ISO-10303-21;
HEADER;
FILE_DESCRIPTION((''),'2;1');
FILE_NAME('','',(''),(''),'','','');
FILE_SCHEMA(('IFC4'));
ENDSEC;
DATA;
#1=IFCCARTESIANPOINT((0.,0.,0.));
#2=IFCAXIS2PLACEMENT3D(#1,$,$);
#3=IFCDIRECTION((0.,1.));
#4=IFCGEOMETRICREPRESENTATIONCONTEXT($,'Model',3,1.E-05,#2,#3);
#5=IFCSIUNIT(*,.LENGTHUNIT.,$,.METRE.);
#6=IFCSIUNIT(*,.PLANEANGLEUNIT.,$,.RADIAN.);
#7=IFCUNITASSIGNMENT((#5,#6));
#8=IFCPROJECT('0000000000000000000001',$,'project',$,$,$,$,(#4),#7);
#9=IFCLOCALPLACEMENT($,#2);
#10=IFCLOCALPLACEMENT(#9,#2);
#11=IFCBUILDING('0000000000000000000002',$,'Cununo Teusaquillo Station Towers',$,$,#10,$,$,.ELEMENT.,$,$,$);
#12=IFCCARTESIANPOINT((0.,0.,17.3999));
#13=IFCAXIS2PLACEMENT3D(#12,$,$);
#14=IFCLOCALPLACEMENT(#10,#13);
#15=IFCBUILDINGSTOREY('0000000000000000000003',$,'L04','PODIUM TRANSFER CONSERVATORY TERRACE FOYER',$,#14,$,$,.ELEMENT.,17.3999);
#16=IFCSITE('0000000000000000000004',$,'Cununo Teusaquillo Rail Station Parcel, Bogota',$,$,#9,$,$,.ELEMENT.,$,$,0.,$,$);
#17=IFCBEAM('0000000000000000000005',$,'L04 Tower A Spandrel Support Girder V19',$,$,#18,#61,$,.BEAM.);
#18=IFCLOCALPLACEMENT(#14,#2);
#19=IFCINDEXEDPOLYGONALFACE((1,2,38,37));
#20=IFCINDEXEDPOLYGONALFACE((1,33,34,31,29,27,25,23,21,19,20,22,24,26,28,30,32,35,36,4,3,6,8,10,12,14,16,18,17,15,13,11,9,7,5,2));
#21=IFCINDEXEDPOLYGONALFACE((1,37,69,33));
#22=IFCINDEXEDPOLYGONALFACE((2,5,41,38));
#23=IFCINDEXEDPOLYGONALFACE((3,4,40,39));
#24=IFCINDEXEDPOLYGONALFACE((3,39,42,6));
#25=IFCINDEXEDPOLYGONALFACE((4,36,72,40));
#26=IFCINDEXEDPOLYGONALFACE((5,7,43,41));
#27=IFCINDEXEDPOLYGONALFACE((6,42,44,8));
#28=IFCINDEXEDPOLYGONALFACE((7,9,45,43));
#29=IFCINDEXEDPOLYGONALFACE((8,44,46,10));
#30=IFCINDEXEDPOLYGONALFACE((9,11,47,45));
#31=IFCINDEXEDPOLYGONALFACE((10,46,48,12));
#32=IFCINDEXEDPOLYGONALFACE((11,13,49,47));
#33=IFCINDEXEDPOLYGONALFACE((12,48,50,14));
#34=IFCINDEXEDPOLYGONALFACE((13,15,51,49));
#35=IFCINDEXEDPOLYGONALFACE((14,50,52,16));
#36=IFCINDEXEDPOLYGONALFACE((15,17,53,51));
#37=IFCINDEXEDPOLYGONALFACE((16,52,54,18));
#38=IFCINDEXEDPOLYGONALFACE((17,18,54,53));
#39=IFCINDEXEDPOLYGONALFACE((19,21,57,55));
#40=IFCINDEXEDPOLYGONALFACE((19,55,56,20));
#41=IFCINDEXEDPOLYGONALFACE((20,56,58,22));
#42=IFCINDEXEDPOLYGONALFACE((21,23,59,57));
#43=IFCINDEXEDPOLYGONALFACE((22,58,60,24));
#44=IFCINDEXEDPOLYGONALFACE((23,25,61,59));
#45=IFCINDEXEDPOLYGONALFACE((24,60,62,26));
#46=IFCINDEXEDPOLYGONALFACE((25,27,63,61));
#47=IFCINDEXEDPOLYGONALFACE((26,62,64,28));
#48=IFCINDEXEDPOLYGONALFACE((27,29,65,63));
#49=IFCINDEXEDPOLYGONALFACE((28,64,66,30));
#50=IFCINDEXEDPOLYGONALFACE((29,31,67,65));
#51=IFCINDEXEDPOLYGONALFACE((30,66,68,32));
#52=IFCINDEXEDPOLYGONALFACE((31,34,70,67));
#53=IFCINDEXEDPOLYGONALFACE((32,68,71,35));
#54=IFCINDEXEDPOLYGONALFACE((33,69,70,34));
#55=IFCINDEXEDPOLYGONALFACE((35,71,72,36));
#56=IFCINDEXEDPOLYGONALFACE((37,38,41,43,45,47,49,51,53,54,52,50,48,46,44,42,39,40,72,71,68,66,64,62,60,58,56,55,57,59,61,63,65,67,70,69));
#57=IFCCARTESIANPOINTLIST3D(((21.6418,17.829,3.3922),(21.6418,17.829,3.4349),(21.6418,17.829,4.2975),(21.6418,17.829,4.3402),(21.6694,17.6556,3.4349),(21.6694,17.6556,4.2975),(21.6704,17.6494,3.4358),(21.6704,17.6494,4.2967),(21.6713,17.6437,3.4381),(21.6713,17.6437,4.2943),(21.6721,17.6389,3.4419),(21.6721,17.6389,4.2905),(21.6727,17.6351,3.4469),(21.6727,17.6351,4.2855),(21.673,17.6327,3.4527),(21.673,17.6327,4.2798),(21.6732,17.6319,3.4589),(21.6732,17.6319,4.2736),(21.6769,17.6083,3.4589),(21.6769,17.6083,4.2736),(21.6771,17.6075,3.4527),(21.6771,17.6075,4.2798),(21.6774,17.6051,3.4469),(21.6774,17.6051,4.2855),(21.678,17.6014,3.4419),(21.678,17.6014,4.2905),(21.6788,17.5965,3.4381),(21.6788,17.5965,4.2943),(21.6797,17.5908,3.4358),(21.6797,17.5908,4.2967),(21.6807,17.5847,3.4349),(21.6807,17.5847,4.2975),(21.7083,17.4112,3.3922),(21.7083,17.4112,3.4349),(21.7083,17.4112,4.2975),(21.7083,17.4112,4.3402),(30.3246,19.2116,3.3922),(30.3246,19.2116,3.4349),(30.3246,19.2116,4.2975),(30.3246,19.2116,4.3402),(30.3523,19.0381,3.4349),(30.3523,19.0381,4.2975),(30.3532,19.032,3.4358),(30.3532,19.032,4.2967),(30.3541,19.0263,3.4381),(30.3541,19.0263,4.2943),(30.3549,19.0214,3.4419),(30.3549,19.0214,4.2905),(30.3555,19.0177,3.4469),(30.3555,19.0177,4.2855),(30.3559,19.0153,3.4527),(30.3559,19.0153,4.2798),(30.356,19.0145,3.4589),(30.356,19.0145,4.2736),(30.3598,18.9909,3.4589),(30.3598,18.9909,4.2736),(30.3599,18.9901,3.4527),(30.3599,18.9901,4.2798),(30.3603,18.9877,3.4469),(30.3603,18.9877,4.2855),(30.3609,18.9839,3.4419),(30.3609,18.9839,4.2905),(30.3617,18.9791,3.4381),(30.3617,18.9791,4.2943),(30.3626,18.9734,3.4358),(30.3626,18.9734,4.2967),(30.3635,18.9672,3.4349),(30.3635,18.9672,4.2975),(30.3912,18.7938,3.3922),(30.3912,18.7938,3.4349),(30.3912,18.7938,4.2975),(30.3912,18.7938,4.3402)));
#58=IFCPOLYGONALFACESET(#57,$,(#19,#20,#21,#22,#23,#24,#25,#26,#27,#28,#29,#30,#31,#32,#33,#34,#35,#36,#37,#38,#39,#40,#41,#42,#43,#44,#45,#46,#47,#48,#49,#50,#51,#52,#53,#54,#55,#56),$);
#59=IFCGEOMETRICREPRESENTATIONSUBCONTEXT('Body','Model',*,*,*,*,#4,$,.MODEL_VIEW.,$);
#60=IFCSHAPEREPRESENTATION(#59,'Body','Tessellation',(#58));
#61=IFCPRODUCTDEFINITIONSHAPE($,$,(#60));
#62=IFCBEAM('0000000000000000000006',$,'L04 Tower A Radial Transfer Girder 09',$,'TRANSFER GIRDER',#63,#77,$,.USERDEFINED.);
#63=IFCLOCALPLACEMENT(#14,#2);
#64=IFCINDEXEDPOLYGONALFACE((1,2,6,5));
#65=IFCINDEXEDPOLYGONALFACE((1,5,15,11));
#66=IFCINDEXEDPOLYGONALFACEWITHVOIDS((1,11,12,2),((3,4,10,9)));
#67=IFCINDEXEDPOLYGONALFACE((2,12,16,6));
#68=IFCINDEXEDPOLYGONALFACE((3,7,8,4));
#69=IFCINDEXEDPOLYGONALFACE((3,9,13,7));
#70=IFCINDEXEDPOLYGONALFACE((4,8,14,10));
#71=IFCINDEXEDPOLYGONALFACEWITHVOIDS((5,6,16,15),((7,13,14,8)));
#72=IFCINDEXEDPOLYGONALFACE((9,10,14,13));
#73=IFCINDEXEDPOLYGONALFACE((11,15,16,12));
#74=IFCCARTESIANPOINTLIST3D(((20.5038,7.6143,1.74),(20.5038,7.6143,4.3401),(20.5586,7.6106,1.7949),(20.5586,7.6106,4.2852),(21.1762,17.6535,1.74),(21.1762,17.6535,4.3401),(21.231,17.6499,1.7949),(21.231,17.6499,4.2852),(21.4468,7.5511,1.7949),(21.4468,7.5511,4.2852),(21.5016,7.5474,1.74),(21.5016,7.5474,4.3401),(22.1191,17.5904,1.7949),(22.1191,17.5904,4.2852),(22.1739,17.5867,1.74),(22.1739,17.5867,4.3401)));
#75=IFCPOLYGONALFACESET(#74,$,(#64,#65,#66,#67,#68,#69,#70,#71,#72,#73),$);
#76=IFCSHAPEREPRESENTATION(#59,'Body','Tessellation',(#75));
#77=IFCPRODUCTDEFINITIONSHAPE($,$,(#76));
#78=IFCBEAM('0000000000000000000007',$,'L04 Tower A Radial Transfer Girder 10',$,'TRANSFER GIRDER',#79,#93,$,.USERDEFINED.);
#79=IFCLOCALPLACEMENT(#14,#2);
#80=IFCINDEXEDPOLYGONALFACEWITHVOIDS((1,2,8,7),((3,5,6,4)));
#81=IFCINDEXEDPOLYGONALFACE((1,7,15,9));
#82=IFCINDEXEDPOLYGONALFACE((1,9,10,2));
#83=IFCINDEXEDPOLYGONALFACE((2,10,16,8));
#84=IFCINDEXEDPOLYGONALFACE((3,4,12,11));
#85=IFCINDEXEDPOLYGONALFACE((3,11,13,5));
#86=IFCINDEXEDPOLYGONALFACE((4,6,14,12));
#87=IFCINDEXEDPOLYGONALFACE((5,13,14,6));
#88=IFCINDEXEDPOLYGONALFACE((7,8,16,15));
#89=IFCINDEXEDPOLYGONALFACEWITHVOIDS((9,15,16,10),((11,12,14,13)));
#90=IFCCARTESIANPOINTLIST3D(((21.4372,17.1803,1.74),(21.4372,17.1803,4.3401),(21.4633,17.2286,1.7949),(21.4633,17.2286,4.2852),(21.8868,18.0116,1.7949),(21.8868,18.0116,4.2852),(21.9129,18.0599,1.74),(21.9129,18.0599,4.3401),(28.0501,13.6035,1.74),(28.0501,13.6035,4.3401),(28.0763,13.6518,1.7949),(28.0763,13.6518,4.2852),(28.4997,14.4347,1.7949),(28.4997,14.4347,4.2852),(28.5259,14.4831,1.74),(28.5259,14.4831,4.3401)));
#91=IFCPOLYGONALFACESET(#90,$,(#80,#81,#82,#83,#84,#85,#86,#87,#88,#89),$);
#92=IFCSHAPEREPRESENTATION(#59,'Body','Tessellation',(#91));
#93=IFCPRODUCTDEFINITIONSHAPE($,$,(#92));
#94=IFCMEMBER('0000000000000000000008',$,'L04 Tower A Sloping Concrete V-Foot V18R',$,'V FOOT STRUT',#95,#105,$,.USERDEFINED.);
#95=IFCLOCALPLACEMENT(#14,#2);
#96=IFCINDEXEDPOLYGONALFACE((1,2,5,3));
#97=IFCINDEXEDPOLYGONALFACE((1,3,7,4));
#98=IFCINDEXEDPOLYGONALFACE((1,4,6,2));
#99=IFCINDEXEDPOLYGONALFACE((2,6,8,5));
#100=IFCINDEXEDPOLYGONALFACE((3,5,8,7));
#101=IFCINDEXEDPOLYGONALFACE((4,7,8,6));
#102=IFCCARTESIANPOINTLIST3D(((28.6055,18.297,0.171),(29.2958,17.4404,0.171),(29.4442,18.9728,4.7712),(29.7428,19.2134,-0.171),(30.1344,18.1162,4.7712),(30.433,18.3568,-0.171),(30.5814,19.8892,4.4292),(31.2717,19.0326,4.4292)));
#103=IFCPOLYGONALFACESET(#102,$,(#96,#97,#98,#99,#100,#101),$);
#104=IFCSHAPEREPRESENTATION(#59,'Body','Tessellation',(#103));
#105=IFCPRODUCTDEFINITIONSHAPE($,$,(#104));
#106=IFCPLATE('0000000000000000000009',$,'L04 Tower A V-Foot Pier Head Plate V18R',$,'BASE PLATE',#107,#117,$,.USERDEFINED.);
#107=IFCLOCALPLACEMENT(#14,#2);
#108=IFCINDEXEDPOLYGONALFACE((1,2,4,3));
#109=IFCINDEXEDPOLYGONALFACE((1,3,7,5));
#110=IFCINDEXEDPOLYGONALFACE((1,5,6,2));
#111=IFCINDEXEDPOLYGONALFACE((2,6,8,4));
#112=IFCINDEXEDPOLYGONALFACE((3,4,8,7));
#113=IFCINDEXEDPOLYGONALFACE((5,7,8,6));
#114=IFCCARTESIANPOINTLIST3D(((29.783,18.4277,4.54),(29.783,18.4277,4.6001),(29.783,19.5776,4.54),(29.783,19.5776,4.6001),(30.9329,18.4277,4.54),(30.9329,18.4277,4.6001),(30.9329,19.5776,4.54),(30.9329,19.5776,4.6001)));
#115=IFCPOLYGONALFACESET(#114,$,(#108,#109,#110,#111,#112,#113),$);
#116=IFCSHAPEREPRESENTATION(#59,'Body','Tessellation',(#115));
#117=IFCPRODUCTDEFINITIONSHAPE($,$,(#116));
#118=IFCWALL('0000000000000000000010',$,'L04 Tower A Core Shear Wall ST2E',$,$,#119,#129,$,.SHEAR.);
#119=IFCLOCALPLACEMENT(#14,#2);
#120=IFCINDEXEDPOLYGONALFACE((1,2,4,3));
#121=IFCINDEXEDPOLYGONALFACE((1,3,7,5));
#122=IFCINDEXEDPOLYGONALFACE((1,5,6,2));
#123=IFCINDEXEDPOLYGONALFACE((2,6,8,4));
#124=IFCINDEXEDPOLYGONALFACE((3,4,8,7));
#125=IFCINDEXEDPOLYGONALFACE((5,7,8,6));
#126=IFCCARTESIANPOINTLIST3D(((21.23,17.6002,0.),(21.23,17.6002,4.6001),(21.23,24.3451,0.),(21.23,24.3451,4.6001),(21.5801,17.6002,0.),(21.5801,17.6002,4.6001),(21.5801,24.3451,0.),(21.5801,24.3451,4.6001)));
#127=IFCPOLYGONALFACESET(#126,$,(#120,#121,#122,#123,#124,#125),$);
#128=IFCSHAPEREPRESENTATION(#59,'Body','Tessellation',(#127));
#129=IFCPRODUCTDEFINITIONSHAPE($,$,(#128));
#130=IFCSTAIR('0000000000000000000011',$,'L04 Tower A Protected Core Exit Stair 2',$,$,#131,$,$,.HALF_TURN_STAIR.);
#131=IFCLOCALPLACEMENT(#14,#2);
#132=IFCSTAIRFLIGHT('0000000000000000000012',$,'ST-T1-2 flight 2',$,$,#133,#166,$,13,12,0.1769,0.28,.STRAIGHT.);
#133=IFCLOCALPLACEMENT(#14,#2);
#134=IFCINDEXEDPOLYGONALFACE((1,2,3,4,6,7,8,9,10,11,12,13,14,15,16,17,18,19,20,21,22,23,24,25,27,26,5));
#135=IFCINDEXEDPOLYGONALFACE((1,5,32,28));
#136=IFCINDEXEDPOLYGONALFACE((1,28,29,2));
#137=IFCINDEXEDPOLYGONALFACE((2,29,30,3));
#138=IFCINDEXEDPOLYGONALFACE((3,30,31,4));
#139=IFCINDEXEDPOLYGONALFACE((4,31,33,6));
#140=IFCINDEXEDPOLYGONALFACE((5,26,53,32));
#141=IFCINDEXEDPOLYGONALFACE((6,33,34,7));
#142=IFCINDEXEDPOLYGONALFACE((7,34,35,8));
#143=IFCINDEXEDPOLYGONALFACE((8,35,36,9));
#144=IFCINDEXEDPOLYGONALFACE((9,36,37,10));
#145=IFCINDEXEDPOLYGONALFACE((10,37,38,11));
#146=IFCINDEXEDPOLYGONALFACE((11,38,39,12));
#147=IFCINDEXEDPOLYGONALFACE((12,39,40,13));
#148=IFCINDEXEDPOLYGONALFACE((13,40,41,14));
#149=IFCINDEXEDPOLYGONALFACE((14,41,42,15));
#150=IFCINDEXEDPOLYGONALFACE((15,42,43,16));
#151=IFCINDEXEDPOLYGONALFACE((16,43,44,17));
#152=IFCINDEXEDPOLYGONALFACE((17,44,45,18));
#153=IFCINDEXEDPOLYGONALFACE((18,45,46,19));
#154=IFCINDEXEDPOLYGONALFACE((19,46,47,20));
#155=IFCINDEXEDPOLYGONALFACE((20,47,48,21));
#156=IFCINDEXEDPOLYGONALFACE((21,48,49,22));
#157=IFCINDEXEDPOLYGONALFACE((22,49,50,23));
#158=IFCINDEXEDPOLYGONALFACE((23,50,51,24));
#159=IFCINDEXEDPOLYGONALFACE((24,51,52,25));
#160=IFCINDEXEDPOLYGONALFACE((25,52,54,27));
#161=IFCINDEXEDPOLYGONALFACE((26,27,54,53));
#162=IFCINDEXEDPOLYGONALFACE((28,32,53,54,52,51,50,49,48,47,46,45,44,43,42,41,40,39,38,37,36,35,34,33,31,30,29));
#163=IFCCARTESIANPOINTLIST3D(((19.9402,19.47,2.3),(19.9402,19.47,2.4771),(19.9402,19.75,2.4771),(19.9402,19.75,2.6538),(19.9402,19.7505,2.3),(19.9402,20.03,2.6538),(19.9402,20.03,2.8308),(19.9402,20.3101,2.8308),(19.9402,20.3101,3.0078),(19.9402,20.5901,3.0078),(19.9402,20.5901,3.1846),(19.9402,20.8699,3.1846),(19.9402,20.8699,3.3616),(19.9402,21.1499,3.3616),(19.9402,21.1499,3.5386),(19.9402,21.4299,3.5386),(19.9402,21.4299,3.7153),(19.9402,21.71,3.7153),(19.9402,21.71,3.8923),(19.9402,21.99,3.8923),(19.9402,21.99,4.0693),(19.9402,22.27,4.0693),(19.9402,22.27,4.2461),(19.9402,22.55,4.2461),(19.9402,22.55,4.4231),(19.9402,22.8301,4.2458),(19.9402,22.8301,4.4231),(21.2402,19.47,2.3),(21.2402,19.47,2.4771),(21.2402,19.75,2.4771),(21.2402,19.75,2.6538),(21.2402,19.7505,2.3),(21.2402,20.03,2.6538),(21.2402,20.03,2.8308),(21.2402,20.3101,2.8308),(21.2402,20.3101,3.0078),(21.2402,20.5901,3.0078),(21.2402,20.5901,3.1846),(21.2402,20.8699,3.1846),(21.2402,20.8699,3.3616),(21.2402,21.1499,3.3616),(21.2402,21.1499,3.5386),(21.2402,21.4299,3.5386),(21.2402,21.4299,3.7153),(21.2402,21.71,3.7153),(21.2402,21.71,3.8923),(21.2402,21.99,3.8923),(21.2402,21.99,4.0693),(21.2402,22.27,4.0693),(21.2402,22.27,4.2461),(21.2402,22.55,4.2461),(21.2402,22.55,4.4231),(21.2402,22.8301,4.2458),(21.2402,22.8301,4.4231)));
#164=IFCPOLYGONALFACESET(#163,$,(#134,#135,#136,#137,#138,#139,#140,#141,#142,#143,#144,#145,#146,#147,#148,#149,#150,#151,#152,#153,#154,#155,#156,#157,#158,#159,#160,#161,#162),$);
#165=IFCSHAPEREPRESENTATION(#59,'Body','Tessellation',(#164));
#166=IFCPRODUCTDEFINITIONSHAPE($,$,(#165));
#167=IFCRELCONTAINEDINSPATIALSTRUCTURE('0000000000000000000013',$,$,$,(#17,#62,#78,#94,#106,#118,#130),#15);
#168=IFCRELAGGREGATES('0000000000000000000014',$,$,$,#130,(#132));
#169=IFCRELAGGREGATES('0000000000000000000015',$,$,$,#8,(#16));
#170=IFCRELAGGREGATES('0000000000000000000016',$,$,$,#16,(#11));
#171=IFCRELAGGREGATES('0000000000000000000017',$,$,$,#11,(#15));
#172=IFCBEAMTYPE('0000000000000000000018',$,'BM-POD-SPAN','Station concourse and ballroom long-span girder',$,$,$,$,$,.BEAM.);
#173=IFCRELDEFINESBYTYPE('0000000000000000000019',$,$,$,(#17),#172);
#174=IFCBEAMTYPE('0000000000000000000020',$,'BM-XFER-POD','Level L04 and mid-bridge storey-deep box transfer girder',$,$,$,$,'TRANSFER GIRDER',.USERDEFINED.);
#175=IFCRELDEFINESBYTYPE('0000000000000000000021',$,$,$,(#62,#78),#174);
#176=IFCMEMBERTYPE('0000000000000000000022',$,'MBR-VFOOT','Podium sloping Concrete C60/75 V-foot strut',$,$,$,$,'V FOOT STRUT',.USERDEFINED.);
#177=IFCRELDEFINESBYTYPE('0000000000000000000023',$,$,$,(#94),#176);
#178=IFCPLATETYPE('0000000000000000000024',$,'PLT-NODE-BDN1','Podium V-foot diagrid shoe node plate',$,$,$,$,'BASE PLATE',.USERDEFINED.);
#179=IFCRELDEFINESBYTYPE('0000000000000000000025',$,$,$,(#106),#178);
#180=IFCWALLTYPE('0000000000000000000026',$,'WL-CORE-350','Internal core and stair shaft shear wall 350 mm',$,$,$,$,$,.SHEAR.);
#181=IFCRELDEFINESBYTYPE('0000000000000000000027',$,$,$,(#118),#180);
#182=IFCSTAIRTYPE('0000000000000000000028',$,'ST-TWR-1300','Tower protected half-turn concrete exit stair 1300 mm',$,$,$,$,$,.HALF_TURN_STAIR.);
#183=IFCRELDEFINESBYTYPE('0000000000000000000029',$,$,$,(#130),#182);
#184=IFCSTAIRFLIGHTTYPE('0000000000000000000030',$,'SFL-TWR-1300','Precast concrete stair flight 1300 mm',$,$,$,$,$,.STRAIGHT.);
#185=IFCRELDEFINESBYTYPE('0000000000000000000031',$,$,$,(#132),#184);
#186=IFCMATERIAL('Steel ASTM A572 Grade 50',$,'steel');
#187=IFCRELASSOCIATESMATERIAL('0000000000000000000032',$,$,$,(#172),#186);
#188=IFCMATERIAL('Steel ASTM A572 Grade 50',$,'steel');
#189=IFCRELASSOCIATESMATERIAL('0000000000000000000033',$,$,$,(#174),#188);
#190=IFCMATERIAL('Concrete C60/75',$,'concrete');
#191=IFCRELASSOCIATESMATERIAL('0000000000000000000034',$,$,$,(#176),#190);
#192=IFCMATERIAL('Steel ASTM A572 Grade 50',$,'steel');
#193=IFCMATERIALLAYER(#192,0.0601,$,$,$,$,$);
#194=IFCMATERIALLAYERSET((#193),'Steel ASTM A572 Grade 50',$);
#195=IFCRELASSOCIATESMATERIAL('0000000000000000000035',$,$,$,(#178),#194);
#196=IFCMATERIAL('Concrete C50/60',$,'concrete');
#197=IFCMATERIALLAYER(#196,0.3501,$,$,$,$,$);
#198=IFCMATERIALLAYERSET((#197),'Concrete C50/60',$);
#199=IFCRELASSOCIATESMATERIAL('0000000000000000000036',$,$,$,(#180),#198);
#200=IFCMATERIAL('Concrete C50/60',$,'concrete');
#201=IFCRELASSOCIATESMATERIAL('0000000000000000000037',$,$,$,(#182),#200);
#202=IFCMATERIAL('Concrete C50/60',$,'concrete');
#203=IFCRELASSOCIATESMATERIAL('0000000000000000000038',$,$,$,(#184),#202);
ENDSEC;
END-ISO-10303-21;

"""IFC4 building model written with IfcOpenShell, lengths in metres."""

from ifc_helpers import new_model, si_unit, direction, frame, frame_2d, origin, origin_2d, place, context, subcontext, project, spatial, polyline, rectangle, hollow_rectangle, i_section, outline, extrude, source, transform, mapped, material, layer, layer_set, material_profile, profile_set, type_object, element, aggregate, save


model = new_model("IFC4")

# Units and contexts
model_context = context("Model", 3, precision=1e-05, world=origin(), true_north=direction((0.0, 1.0)))
body_context = subcontext(model_context, "Body", "Model", "MODEL_VIEW")
ifc_project = project(units=[si_unit("LENGTHUNIT", "METRE"), si_unit("PLANEANGLEUNIT", "RADIAN")], contexts=[model_context])

# Site, building, storey
site_placement = place(None, origin())
site = spatial("IfcSite", under=ifc_project, at=site_placement, Name="Cununo Teusaquillo Rail Station Parcel, Bogota", CompositionType="ELEMENT", RefElevation=0.0)
building_placement = place(site_placement, origin())
building = spatial("IfcBuilding", under=site, at=building_placement, Name="Cununo Teusaquillo Station Towers", CompositionType="ELEMENT")
storey_placement = place(building_placement, frame((0.0, 0.0, 17.3999)))
storey = spatial("IfcBuildingStorey", under=building, at=storey_placement, Name="L04", Description="PODIUM TRANSFER CONSERVATORY TERRACE FOYER", CompositionType="ELEMENT", Elevation=17.3999)

# Beams
ifc_material_1 = material(Name="Steel ASTM A572 Grade 50", Category="steel")
ifc_material_profile_1 = material_profile(ifc_material_1, i_section(OverallWidth=0.4231, OverallDepth=0.948, WebThickness=0.0239, FlangeThickness=0.0427, FilletRadius=0.0239, at=origin_2d()), Name="W36X302")
ifc_profile_set_1 = profile_set([ifc_material_profile_1], Name="Steel ASTM A572 Grade 50")
beam_type_1 = type_object("IfcBeamType", Name="BM-POD-SPAN", Description="Station concourse and ballroom long-span girder", PredefinedType="BEAM", material=ifc_profile_set_1)
beam_1_placement = place(storey_placement, frame((21.675, 17.6201, 3.8662), z_axis=(0.987559, 0.157249, 0.0), x_axis=(-0.157249, 0.987559, 0.0)))
element("IfcBeam", 1, at=beam_1_placement, inside=storey, type_object=beam_type_1, Name="L04 Tower A Spandrel Support Girder V19", PredefinedType="BEAM", context=body_context, shape_type="SweptSolid", body=[
    extrude(i_section(OverallWidth=0.4231, OverallDepth=0.948, WebThickness=0.0239, FlangeThickness=0.0427, FilletRadius=0.0239, at=origin_2d()), origin(), (0.0, 0.0, 1.0), 8.7922),
])
ifc_material_2 = material(Name="Steel ASTM A572 Grade 50", Category="steel")
ifc_material_profile_2 = material_profile(ifc_material_2, hollow_rectangle(XDim=1.0, YDim=2.6001, WallThickness=0.0549, at=origin_2d()), Name="BOX 2600x1000x55")
ifc_profile_set_2 = profile_set([ifc_material_profile_2], Name="Steel ASTM A572 Grade 50")
beam_type_2 = type_object("IfcBeamType", Name="BM-XFER-POD", Description="Level L04 and mid-bridge storey-deep box transfer girder", ElementType="TRANSFER GIRDER", PredefinedType="USERDEFINED", material=ifc_profile_set_2)
beam_2_placement = place(storey_placement, frame((21.675, 17.6201, 3.04), z_axis=(-0.066823, -0.997765, 0.0), x_axis=(0.997765, -0.066823, 0.0)))
element("IfcBeam", 2, at=beam_2_placement, inside=storey, type_object=beam_type_2, Name="L04 Tower A Radial Transfer Girder 09", ObjectType="TRANSFER GIRDER", PredefinedType="USERDEFINED", context=body_context, shape_type="SweptSolid", body=[
    extrude(hollow_rectangle(XDim=1.0, YDim=2.6001, WallThickness=0.0549, at=origin_2d()), origin(), (0.0, 0.0, 1.0), 10.0618),
])
beam_3_placement = place(storey_placement, frame((21.675, 17.6201, 3.04), z_axis=(0.879579, -0.475753, 0.0), x_axis=(0.475753, 0.879579, 0.0)))
element("IfcBeam", 3, at=beam_3_placement, inside=storey, type_object=beam_type_2, Name="L04 Tower A Radial Transfer Girder 10", ObjectType="TRANSFER GIRDER", PredefinedType="USERDEFINED", context=body_context, shape_type="SweptSolid", body=[
    extrude(hollow_rectangle(XDim=1.0, YDim=2.6001, WallThickness=0.0549, at=origin_2d()), origin(), (0.0, 0.0, 1.0), 7.5183),
])

# Member
ifc_material_3 = material(Name="Concrete C60/75", Category="concrete")
ifc_material_profile_3 = material_profile(ifc_material_3, rectangle(XDim=1.1001, YDim=1.5, at=origin_2d()), Name="RC-RECT-1500x1100")
ifc_profile_set_3 = profile_set([ifc_material_profile_3], Name="Concrete C60/75")
member_type = type_object("IfcMemberType", Name="MBR-VFOOT", Description="Podium sloping Concrete C60/75 V-foot strut", ElementType="V FOOT STRUT", PredefinedType="USERDEFINED", material=ifc_profile_set_3)
member_placement = place(storey_placement, frame((29.5193, 18.3269, 0.0), z_axis=(0.177505, 0.143038, 0.973669), x_axis=(-0.627456, 0.778652, 0.0)))
element("IfcMember", 4, at=member_placement, inside=storey, type_object=member_type, Name="L04 Tower A Sloping Concrete V-Foot V18R", ObjectType="V FOOT STRUT", PredefinedType="USERDEFINED", context=body_context, shape_type="SweptSolid", body=[
    extrude(rectangle(XDim=1.1001, YDim=1.5, at=origin_2d()), origin(), (0.0, 0.0, 1.0), 4.7246),
])

# Plate
ifc_material_4 = material(Name="Steel ASTM A572 Grade 50", Category="steel")
ifc_layer_1 = layer(ifc_material_4, 0.0601)
ifc_layer_set_1 = layer_set([ifc_layer_1], Name="Steel ASTM A572 Grade 50")
plate_type = type_object("IfcPlateType", Name="PLT-NODE-BDN1", Description="Podium V-foot diagrid shoe node plate", ElementType="BASE PLATE", PredefinedType="USERDEFINED", material=ifc_layer_set_1)
shared_shape = source(origin(), body_context, "Body", "SweptSolid", [
    extrude(rectangle(XDim=1.1499, YDim=1.1499, at=origin_2d()), origin(), (0.0, 0.0, 1.0), 0.0601),
])
plate_placement = place(storey_placement, frame((30.3579, 19.0027, 4.54), z_axis=(0.0, 0.0, 1.0), x_axis=(1.0, 0.0, 0.0)))
element("IfcPlate", 5, at=plate_placement, inside=storey, type_object=plate_type, Name="L04 Tower A V-Foot Pier Head Plate V18R", ObjectType="BASE PLATE", PredefinedType="USERDEFINED", context=body_context, shape_type="MappedRepresentation", body=[
    mapped(shared_shape, transform((0.0, 0.0, 0.0), x_axis=(1.0, 0.0, 0.0), y_axis=(0.0, 1.0, 0.0), z_axis=(0.0, 0.0, 1.0), scale=1.0)),
])

# Wall
ifc_material_5 = material(Name="Concrete C50/60", Category="concrete")
ifc_layer_2 = layer(ifc_material_5, 0.3501)
ifc_layer_set_2 = layer_set([ifc_layer_2], Name="Concrete C50/60")
wall_type = type_object("IfcWallType", Name="WL-CORE-350", Description="Internal core and stair shaft shear wall 350 mm", PredefinedType="SHEAR", material=ifc_layer_set_2)
wall_placement = place(storey_placement, frame((21.405, 17.6001, 0.0), z_axis=(0.0, 0.0, 1.0), x_axis=(0.0, 1.0, 0.0)))
element("IfcWall", 6, at=wall_placement, inside=storey, type_object=wall_type, Name="L04 Tower A Core Shear Wall ST2E", PredefinedType="SHEAR", context=body_context, shape_type="SweptSolid", body=[
    extrude(rectangle(XDim=6.7449, YDim=0.3501, at=frame_2d((3.3726, 0.0))), origin(), (0.0, 0.0, 1.0), 4.6001),
])

# Stair, stair flight
ifc_material_6 = material(Name="Concrete C50/60", Category="concrete")
stair_type = type_object("IfcStairType", Name="ST-TWR-1300", Description="Tower protected half-turn concrete exit stair 1300 mm", PredefinedType="HALF_TURN_STAIR", material=ifc_material_6)
stair_placement = place(storey_placement, origin())
stair = element("IfcStair", 7, at=stair_placement, inside=storey, type_object=stair_type, Name="L04 Tower A Protected Core Exit Stair 2", PredefinedType="HALF_TURN_STAIR")
ifc_material_7 = material(Name="Concrete C50/60", Category="concrete")
stair_flight_type = type_object("IfcStairFlightType", Name="SFL-TWR-1300", Description="Precast concrete stair flight 1300 mm", PredefinedType="STRAIGHT", material=ifc_material_7)
stair_flight_placement = place(storey_placement, frame((20.5901, 19.47, 2.3), z_axis=(0.0, 0.0, 1.0), x_axis=(0.0, 1.0, 0.0)))
stair_flight = element("IfcStairFlight", 8, at=stair_flight_placement, type_object=stair_flight_type, Name="ST-T1-2 flight 2", NumberOfRisers=13, NumberOfTreads=12, PredefinedType="STRAIGHT", RiserHeight=0.1769, TreadLength=0.28, context=body_context, shape_type="SweptSolid", body=[
    extrude(outline(polyline([(0.0, 0.0), (0.0, 0.177), (0.28, 0.177), (0.28, 0.3538), (0.5601, 0.3538), (0.5601, 0.5308), (0.8401, 0.5308), (0.8401, 0.7078), (1.1201, 0.7078), (1.1201, 0.8845), (1.3999, 0.8845), (1.3999, 1.0615), (1.6799, 1.0615), (1.6799, 1.2385), (1.96, 1.2385), (1.96, 1.4153), (2.24, 1.4153), (2.24, 1.5923), (2.52, 1.5923), (2.52, 1.7693), (2.8, 1.7693), (2.8, 1.946), (3.0801, 1.946), (3.0801, 2.123), (3.3601, 2.123), (3.3601, 2.3), (3.3601, 1.9458), (0.2805, 0.0), (0.0, 0.0)])), frame((0.0, 0.6499, 0.0), z_axis=(0.0, -1.0, 0.0), x_axis=(1.0, 0.0, 0.0)), (0.0, 0.0, 1.0), 1.3),
])
aggregate(stair, [stair_flight])

save(model, "model.ifc")
